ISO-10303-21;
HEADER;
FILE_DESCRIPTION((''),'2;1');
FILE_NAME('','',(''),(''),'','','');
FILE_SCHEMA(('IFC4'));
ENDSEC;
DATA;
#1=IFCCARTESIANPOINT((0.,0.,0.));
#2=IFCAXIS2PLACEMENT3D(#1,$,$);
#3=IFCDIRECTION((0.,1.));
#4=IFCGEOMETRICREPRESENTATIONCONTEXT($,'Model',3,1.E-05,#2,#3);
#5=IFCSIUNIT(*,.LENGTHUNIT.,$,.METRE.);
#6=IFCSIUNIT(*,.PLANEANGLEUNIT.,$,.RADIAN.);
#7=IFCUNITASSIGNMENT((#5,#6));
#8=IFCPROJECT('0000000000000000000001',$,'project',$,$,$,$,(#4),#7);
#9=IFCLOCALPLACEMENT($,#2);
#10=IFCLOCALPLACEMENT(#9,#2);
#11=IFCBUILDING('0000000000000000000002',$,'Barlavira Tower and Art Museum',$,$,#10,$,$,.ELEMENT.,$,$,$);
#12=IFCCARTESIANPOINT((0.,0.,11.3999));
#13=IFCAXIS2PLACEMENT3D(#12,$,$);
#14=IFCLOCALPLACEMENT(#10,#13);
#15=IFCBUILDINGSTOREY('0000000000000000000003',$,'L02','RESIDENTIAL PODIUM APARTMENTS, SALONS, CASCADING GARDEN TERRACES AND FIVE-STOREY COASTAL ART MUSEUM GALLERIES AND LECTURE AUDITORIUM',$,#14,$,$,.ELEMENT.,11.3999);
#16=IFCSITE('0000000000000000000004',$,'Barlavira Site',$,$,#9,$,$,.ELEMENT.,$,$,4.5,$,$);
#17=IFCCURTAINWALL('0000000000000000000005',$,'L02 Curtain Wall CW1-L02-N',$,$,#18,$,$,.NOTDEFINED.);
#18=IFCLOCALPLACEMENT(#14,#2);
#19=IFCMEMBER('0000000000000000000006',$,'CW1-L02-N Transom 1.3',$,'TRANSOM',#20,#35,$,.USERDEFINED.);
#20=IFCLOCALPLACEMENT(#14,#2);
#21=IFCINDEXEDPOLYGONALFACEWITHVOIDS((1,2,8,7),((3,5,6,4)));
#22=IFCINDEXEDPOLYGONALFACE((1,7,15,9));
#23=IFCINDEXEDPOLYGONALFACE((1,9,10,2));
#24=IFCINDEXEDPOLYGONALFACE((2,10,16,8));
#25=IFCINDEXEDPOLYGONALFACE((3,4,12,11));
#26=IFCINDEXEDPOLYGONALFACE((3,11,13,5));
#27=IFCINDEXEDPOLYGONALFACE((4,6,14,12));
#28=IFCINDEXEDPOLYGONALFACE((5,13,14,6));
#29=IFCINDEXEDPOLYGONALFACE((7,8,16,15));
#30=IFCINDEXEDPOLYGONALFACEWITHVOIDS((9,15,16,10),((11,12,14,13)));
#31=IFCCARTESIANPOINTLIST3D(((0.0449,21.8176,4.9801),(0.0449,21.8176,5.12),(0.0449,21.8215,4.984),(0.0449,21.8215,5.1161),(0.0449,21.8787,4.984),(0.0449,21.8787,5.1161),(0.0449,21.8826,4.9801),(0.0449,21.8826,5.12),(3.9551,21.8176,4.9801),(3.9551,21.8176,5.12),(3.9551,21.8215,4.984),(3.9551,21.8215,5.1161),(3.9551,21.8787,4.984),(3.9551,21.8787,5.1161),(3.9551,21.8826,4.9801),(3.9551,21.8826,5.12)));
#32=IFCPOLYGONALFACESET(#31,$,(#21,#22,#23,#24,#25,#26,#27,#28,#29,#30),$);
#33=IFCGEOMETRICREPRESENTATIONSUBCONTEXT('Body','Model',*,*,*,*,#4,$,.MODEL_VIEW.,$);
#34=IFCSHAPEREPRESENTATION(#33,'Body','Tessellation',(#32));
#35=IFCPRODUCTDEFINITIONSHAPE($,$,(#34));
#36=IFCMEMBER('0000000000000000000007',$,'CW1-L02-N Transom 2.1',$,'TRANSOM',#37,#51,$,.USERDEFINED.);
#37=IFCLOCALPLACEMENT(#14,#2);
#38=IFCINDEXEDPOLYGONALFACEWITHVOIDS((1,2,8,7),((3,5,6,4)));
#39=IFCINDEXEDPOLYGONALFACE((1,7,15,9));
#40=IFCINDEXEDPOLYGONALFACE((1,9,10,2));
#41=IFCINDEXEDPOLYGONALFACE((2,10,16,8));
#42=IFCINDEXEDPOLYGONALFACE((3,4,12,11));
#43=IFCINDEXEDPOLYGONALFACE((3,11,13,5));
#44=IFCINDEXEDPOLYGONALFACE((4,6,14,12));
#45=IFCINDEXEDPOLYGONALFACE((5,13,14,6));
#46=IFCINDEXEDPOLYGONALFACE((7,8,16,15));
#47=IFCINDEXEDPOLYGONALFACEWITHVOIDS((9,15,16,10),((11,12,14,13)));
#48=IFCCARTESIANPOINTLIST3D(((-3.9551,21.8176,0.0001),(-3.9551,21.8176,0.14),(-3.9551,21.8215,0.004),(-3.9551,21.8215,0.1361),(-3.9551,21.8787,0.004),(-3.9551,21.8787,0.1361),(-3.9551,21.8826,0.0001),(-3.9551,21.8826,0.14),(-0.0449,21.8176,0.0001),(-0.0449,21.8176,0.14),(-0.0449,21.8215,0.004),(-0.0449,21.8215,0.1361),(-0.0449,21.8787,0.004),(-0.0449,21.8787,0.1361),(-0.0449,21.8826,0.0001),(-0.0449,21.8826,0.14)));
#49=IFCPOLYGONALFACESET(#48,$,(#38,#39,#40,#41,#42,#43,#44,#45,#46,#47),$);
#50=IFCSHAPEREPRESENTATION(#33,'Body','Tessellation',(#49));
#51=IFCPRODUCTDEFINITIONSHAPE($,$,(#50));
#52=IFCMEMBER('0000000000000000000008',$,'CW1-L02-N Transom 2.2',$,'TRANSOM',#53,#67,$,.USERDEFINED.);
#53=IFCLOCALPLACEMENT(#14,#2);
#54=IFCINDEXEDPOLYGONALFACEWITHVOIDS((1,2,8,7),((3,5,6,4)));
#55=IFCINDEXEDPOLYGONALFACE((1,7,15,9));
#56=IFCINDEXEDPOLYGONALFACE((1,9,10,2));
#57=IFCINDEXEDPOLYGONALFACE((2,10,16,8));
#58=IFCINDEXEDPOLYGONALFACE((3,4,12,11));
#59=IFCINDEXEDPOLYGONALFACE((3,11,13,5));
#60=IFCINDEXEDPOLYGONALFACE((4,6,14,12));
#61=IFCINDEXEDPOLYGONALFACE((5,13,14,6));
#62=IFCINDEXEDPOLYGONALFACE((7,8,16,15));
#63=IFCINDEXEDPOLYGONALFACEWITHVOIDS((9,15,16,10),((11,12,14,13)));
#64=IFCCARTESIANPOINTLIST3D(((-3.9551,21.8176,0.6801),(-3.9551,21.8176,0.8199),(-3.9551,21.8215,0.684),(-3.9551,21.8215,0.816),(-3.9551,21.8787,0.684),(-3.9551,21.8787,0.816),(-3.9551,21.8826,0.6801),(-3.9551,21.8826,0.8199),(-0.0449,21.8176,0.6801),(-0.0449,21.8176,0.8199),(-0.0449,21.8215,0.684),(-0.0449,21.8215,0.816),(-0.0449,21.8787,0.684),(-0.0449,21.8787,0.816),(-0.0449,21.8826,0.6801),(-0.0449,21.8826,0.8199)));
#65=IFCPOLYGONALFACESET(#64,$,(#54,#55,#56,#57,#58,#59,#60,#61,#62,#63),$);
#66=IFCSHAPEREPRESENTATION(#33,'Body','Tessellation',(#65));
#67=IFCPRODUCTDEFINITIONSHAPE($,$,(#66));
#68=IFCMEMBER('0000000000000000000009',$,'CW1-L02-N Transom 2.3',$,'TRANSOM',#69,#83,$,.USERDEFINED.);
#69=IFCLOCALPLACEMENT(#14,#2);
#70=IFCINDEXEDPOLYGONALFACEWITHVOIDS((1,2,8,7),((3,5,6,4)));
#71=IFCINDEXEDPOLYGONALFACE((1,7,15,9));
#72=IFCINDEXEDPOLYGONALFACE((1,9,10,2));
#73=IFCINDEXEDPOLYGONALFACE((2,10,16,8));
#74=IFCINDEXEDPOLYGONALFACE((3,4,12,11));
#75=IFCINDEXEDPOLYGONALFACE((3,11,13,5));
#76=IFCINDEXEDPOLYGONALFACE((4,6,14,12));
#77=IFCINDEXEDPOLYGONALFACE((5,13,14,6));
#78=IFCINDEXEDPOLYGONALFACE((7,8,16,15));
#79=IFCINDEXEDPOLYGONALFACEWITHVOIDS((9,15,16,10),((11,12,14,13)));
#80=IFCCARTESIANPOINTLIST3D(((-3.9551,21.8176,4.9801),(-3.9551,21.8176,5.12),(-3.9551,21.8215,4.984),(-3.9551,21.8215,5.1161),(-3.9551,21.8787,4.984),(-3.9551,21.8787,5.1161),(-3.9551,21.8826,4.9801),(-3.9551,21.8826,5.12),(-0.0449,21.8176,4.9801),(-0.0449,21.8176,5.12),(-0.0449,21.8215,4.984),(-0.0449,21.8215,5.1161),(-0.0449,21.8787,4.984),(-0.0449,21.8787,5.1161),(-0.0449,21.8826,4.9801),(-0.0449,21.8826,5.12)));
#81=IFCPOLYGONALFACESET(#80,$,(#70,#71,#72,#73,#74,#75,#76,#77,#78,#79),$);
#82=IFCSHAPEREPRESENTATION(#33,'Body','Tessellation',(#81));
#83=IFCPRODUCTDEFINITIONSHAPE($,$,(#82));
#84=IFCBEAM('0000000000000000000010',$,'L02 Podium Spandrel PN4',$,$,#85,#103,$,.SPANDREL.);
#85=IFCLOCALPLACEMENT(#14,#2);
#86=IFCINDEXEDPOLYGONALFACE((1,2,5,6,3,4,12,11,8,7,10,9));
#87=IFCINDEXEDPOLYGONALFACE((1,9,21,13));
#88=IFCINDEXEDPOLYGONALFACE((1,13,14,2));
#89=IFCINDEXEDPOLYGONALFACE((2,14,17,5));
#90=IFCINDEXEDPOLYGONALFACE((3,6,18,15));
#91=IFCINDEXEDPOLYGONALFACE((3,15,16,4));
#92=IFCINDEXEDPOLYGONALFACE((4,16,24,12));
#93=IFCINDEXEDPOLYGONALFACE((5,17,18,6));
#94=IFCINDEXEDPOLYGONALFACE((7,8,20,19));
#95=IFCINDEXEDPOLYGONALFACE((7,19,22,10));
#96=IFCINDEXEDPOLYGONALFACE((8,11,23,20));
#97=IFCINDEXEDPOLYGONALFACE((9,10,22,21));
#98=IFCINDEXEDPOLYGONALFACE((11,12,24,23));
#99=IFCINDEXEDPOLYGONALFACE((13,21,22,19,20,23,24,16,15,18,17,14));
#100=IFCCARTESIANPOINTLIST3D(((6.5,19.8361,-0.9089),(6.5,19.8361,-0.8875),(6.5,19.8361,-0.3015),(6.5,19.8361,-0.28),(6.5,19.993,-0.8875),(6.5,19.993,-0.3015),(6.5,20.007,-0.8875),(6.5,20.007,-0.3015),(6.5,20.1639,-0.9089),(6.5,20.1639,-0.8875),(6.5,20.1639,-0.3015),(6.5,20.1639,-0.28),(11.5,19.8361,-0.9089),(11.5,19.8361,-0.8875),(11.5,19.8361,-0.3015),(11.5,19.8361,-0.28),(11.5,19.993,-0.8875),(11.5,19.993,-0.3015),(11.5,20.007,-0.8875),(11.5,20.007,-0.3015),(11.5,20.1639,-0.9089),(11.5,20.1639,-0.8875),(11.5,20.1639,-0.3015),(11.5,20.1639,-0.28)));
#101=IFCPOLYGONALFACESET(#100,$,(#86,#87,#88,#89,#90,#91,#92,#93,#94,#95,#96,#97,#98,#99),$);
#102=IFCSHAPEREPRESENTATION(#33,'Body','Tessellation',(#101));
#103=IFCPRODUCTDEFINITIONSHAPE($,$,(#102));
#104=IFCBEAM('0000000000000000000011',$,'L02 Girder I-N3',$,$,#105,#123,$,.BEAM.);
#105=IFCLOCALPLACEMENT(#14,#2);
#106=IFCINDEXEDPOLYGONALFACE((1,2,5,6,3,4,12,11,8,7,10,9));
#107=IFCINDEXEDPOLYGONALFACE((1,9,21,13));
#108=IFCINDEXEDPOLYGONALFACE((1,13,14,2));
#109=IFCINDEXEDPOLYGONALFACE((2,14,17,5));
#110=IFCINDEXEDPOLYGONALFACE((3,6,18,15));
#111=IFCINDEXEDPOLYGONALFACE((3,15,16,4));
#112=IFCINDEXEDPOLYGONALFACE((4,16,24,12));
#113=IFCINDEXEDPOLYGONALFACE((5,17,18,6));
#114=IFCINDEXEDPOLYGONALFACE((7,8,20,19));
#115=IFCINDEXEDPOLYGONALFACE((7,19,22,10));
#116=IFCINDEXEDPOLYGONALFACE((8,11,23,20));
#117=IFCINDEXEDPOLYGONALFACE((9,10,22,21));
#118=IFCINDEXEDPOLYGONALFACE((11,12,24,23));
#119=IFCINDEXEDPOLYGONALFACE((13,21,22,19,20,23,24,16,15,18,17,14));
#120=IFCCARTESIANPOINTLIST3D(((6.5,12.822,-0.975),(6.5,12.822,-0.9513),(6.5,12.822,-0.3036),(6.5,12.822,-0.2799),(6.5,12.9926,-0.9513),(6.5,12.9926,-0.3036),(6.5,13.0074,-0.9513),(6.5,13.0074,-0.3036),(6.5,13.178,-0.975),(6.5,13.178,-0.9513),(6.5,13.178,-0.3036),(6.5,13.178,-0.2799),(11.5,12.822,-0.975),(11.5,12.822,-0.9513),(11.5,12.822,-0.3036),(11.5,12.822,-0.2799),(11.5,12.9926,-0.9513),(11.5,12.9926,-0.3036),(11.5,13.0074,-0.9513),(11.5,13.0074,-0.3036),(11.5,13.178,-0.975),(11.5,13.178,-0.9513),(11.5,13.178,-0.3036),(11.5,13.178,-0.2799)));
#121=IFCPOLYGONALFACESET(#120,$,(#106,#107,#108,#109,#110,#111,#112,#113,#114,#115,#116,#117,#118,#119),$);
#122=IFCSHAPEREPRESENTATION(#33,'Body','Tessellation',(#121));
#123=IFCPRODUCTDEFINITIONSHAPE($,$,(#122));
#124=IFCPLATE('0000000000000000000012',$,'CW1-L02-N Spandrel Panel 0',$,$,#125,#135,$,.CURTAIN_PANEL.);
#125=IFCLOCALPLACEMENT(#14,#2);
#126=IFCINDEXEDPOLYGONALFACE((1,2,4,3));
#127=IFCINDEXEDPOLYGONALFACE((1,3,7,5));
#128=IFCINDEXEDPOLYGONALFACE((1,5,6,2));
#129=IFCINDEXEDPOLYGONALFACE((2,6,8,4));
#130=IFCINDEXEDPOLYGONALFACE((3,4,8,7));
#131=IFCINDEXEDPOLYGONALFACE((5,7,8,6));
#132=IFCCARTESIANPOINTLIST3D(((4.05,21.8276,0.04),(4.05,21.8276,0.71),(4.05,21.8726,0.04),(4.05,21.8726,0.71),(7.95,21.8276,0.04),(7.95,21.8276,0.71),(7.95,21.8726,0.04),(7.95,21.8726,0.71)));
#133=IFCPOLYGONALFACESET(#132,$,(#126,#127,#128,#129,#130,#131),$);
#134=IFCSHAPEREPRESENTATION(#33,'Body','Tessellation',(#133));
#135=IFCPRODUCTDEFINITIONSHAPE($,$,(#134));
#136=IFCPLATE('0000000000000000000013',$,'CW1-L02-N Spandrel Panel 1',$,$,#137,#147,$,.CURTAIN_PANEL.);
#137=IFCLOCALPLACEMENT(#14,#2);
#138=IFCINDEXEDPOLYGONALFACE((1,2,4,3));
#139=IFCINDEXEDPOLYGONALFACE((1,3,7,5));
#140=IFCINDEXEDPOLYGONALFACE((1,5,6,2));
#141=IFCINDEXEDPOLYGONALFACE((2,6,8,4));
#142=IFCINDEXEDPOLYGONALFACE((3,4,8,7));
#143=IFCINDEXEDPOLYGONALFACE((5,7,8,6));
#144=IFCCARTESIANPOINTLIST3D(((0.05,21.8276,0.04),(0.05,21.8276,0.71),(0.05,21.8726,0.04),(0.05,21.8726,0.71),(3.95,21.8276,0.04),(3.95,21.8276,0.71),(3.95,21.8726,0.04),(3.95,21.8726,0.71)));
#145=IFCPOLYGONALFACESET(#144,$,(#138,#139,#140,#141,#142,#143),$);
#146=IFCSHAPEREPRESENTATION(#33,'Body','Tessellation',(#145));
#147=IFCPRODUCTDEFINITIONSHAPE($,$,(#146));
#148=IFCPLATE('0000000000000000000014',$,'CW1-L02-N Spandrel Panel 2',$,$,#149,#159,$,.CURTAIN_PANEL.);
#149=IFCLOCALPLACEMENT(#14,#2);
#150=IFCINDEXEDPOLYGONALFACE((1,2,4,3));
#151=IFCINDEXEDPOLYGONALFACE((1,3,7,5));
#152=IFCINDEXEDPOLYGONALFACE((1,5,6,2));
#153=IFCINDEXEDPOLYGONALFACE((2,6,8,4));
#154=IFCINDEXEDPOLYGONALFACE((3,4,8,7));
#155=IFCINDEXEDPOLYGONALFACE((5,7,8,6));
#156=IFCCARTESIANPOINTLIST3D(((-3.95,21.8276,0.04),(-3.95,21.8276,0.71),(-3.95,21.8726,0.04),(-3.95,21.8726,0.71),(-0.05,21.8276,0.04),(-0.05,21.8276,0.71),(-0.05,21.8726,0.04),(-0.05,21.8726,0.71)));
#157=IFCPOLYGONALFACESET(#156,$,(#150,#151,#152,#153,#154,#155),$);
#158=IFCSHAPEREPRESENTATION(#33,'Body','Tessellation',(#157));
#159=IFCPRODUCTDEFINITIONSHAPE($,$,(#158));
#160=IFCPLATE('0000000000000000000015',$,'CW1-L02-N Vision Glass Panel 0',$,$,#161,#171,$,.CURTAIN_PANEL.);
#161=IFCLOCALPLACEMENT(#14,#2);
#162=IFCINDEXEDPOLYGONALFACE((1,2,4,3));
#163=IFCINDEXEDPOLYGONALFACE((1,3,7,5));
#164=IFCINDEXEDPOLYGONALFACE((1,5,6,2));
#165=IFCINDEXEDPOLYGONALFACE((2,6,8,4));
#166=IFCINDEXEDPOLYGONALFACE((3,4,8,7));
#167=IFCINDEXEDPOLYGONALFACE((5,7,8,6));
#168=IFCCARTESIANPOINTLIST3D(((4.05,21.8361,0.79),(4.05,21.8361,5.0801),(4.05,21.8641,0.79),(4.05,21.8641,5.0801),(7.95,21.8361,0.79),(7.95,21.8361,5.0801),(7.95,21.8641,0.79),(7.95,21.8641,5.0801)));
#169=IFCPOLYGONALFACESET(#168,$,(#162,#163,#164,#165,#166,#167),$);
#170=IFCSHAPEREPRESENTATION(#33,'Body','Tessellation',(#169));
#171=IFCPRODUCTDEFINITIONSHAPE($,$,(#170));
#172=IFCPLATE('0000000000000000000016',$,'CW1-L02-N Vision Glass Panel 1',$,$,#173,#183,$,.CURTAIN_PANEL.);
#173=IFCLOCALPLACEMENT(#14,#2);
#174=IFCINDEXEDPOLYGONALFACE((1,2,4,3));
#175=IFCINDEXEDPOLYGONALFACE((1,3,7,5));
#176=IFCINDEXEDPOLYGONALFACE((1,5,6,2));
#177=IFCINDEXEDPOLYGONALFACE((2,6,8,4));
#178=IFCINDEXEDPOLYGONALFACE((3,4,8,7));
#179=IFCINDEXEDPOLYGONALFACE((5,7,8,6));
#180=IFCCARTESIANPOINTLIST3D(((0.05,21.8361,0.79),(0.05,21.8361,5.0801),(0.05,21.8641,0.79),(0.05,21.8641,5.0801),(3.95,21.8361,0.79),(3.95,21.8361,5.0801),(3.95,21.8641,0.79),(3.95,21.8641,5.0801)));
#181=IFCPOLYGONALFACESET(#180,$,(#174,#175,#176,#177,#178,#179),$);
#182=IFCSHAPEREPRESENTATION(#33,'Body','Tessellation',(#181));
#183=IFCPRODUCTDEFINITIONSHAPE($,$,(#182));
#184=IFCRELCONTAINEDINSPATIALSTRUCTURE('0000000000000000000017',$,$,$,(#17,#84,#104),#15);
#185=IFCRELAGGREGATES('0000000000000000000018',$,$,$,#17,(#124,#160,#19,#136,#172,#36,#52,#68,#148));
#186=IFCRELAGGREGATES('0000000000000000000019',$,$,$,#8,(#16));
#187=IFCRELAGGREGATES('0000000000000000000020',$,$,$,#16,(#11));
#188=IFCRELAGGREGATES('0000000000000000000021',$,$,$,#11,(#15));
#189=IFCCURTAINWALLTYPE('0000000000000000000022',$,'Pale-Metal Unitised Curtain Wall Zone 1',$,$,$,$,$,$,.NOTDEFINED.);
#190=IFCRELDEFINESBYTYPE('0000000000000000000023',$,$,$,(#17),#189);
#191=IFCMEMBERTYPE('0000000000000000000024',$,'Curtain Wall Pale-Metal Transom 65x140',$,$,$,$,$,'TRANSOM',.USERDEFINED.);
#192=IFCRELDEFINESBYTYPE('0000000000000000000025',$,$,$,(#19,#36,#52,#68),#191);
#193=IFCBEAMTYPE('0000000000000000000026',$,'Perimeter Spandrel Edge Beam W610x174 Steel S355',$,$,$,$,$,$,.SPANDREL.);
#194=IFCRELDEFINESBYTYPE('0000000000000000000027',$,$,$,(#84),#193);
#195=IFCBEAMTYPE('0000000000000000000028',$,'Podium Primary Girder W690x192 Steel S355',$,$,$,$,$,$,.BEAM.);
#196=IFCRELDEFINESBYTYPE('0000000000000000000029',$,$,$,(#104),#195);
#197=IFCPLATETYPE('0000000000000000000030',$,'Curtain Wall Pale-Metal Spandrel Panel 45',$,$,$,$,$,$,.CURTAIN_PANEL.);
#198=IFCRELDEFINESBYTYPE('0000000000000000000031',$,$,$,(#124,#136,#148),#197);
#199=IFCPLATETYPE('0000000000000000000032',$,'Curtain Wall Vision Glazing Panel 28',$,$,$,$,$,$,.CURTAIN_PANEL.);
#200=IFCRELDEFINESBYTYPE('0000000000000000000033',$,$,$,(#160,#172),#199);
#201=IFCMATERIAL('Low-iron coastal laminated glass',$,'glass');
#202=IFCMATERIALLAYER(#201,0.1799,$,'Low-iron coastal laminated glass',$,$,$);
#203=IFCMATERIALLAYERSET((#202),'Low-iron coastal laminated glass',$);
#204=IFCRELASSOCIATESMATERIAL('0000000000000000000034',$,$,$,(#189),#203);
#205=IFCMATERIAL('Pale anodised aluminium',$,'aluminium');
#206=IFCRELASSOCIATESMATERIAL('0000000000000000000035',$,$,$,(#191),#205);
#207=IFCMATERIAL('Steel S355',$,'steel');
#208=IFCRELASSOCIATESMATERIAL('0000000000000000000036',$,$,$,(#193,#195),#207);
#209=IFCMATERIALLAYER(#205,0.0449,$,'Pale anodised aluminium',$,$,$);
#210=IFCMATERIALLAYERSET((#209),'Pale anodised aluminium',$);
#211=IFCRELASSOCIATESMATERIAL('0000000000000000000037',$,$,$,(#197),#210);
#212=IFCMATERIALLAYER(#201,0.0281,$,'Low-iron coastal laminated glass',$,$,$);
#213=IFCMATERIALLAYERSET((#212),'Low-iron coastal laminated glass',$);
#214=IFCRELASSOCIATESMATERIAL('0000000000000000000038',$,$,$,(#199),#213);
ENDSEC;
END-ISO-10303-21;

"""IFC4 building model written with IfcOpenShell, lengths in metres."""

from ifc_helpers import new_model, si_unit, direction, frame, origin, origin_2d, place, context, subcontext, project, spatial, rectangle, hollow_rectangle, i_section, extrude, material, layer, layer_set, material_profile, profile_set, type_object, element, aggregate, save


model = new_model("IFC4")

# Units and contexts
model_context = context("Model", 3, precision=1e-05, world=origin(), true_north=direction((0.0, 1.0)))
body_context = subcontext(model_context, "Body", "Model", "MODEL_VIEW")
ifc_project = project(units=[si_unit("LENGTHUNIT", "METRE"), si_unit("PLANEANGLEUNIT", "RADIAN")], contexts=[model_context])

# Site, building, storey
site_placement = place(None, origin())
site = spatial("IfcSite", under=ifc_project, at=site_placement, Name="Barlavira Site", CompositionType="ELEMENT", RefElevation=4.5)
building_placement = place(site_placement, origin())
building = spatial("IfcBuilding", under=site, at=building_placement, Name="Barlavira Tower and Art Museum", CompositionType="ELEMENT")
storey_placement = place(building_placement, frame((0.0, 0.0, 11.3999)))
storey = spatial("IfcBuildingStorey", under=building, at=storey_placement, Name="L02", Description="RESIDENTIAL PODIUM APARTMENTS, SALONS, CASCADING GARDEN TERRACES AND FIVE-STOREY COASTAL ART MUSEUM GALLERIES AND LECTURE AUDITORIUM", CompositionType="ELEMENT", Elevation=11.3999)

# Curtain wall, members
ifc_material_1 = material(Name="Low-iron coastal laminated glass", Category="glass")
ifc_layer_1 = layer(ifc_material_1, 0.1799, Name="Low-iron coastal laminated glass")
ifc_layer_set_1 = layer_set([ifc_layer_1], Name="Low-iron coastal laminated glass")
curtain_wall_type = type_object("IfcCurtainWallType", Name="Pale-Metal Unitised Curtain Wall Zone 1", PredefinedType="NOTDEFINED", material=ifc_layer_set_1)
curtain_wall_placement = place(storey_placement, origin())
curtain_wall = element("IfcCurtainWall", 1, at=curtain_wall_placement, inside=storey, type_object=curtain_wall_type, Name="L02 Curtain Wall CW1-L02-N", PredefinedType="NOTDEFINED")
ifc_material_2 = material(Name="Pale anodised aluminium", Category="aluminium")
ifc_material_profile_1 = material_profile(ifc_material_2, hollow_rectangle(XDim=0.0649, YDim=0.1399, WallThickness=0.0039, at=origin_2d()), Name="ALU-TRAN 65x140x4")
ifc_profile_set_1 = profile_set([ifc_material_profile_1], Name="Pale anodised aluminium")
member_type_1 = type_object("IfcMemberType", Name="Curtain Wall Pale-Metal Transom 65x140", ElementType="TRANSOM", PredefinedType="USERDEFINED", material=ifc_profile_set_1)
member_1_placement = place(storey_placement, frame((3.9551, 21.8501, 5.05), z_axis=(-1.0, 0.0, 0.0), x_axis=(0.0, -1.0, 0.0)))
member_1 = element("IfcMember", 2, at=member_1_placement, type_object=member_type_1, Name="CW1-L02-N Transom 1.3", ObjectType="TRANSOM", PredefinedType="USERDEFINED", context=body_context, shape_type="SweptSolid", body=[
    extrude(hollow_rectangle(XDim=0.0649, YDim=0.1399, WallThickness=0.0039, at=origin_2d()), origin(), (0.0, 0.0, 1.0), 3.9102),
])
member_2_placement = place(storey_placement, frame((-0.0449, 21.8501, 0.0701), z_axis=(-1.0, 0.0, 0.0), x_axis=(0.0, -1.0, 0.0)))
member_2 = element("IfcMember", 3, at=member_2_placement, type_object=member_type_1, Name="CW1-L02-N Transom 2.1", ObjectType="TRANSOM", PredefinedType="USERDEFINED", context=body_context, shape_type="SweptSolid", body=[
    extrude(hollow_rectangle(XDim=0.0649, YDim=0.1399, WallThickness=0.0039, at=origin_2d()), origin(), (0.0, 0.0, 1.0), 3.9102),
])
member_3_placement = place(storey_placement, frame((-0.0449, 21.8501, 0.75), z_axis=(-1.0, 0.0, 0.0), x_axis=(0.0, -1.0, 0.0)))
member_3 = element("IfcMember", 4, at=member_3_placement, type_object=member_type_1, Name="CW1-L02-N Transom 2.2", ObjectType="TRANSOM", PredefinedType="USERDEFINED", context=body_context, shape_type="SweptSolid", body=[
    extrude(hollow_rectangle(XDim=0.0649, YDim=0.1399, WallThickness=0.0039, at=origin_2d()), origin(), (0.0, 0.0, 1.0), 3.9102),
])
member_4_placement = place(storey_placement, frame((-0.0449, 21.8501, 5.05), z_axis=(-1.0, 0.0, 0.0), x_axis=(0.0, -1.0, 0.0)))
member_4 = element("IfcMember", 5, at=member_4_placement, type_object=member_type_1, Name="CW1-L02-N Transom 2.3", ObjectType="TRANSOM", PredefinedType="USERDEFINED", context=body_context, shape_type="SweptSolid", body=[
    extrude(hollow_rectangle(XDim=0.0649, YDim=0.1399, WallThickness=0.0039, at=origin_2d()), origin(), (0.0, 0.0, 1.0), 3.9102),
])

# Beams
ifc_material_3 = material(Name="Steel S355", Category="steel")
ifc_material_profile_2 = material_profile(ifc_material_3, i_section(OverallWidth=0.3279, OverallDepth=0.6289, WebThickness=0.0139, FlangeThickness=0.0215, at=origin_2d()), Name="W610x174.0")
ifc_profile_set_2 = profile_set([ifc_material_profile_2], Name="Steel S355")
beam_type_1 = type_object("IfcBeamType", Name="Perimeter Spandrel Edge Beam W610x174 Steel S355", PredefinedType="SPANDREL", material=ifc_profile_set_2)
beam_1_placement = place(storey_placement, frame((6.5, 20.0, -0.5945), z_axis=(1.0, 0.0, 0.0), x_axis=(0.0, 1.0, 0.0)))
element("IfcBeam", 6, at=beam_1_placement, inside=storey, type_object=beam_type_1, Name="L02 Podium Spandrel PN4", PredefinedType="SPANDREL", context=body_context, shape_type="SweptSolid", body=[
    extrude(i_section(OverallWidth=0.3279, OverallDepth=0.6289, WebThickness=0.0139, FlangeThickness=0.0215, at=origin_2d()), origin(), (0.0, 0.0, 1.0), 5.0),
])
ifc_material_profile_3 = material_profile(ifc_material_3, i_section(OverallWidth=0.356, OverallDepth=0.6951, WebThickness=0.0149, FlangeThickness=0.0237, at=origin_2d()), Name="W690x192.0")
ifc_profile_set_3 = profile_set([ifc_material_profile_3], Name="Steel S355")
beam_type_2 = type_object("IfcBeamType", Name="Podium Primary Girder W690x192 Steel S355", PredefinedType="BEAM", material=ifc_profile_set_3)
beam_2_placement = place(storey_placement, frame((6.5, 13.0, -0.6274), z_axis=(1.0, 0.0, 0.0), x_axis=(0.0, 1.0, 0.0)))
element("IfcBeam", 7, at=beam_2_placement, inside=storey, type_object=beam_type_2, Name="L02 Girder I-N3", PredefinedType="BEAM", context=body_context, shape_type="SweptSolid", body=[
    extrude(i_section(OverallWidth=0.356, OverallDepth=0.6951, WebThickness=0.0149, FlangeThickness=0.0237, at=origin_2d()), origin(), (0.0, 0.0, 1.0), 5.0),
])

# Plates
ifc_layer_2 = layer(ifc_material_2, 0.0449, Name="Pale anodised aluminium")
ifc_layer_set_2 = layer_set([ifc_layer_2], Name="Pale anodised aluminium")
plate_type_1 = type_object("IfcPlateType", Name="Curtain Wall Pale-Metal Spandrel Panel 45", PredefinedType="CURTAIN_PANEL", material=ifc_layer_set_2)
plate_1_placement = place(storey_placement, frame((6.0, 21.8501, 0.04), z_axis=(0.0, 0.0, 1.0), x_axis=(-1.0, 0.0, 0.0)))
plate_1 = element("IfcPlate", 8, at=plate_1_placement, type_object=plate_type_1, Name="CW1-L02-N Spandrel Panel 0", PredefinedType="CURTAIN_PANEL", context=body_context, shape_type="SweptSolid", body=[
    extrude(rectangle(XDim=3.8999, YDim=0.0449, at=origin_2d()), origin(), (0.0, 0.0, 1.0), 0.6699),
])
plate_2_placement = place(storey_placement, frame((2.0, 21.8501, 0.04), z_axis=(0.0, 0.0, 1.0), x_axis=(-1.0, 0.0, 0.0)))
plate_2 = element("IfcPlate", 9, at=plate_2_placement, type_object=plate_type_1, Name="CW1-L02-N Spandrel Panel 1", PredefinedType="CURTAIN_PANEL", context=body_context, shape_type="SweptSolid", body=[
    extrude(rectangle(XDim=3.8999, YDim=0.0449, at=origin_2d()), origin(), (0.0, 0.0, 1.0), 0.6699),
])
plate_3_placement = place(storey_placement, frame((-2.0, 21.8501, 0.04), z_axis=(0.0, 0.0, 1.0), x_axis=(-1.0, 0.0, 0.0)))
plate_3 = element("IfcPlate", 10, at=plate_3_placement, type_object=plate_type_1, Name="CW1-L02-N Spandrel Panel 2", PredefinedType="CURTAIN_PANEL", context=body_context, shape_type="SweptSolid", body=[
    extrude(rectangle(XDim=3.8999, YDim=0.0449, at=origin_2d()), origin(), (0.0, 0.0, 1.0), 0.6699),
])
ifc_layer_3 = layer(ifc_material_1, 0.0281, Name="Low-iron coastal laminated glass")
ifc_layer_set_3 = layer_set([ifc_layer_3], Name="Low-iron coastal laminated glass")
plate_type_2 = type_object("IfcPlateType", Name="Curtain Wall Vision Glazing Panel 28", PredefinedType="CURTAIN_PANEL", material=ifc_layer_set_3)
plate_4_placement = place(storey_placement, frame((6.0, 21.8501, 0.79), z_axis=(0.0, 0.0, 1.0), x_axis=(-1.0, 0.0, 0.0)))
plate_4 = element("IfcPlate", 11, at=plate_4_placement, type_object=plate_type_2, Name="CW1-L02-N Vision Glass Panel 0", PredefinedType="CURTAIN_PANEL", context=body_context, shape_type="SweptSolid", body=[
    extrude(rectangle(XDim=3.8999, YDim=0.0281, at=origin_2d()), origin(), (0.0, 0.0, 1.0), 4.29),
])
plate_5_placement = place(storey_placement, frame((2.0, 21.8501, 0.79), z_axis=(0.0, 0.0, 1.0), x_axis=(-1.0, 0.0, 0.0)))
plate_5 = element("IfcPlate", 12, at=plate_5_placement, type_object=plate_type_2, Name="CW1-L02-N Vision Glass Panel 1", PredefinedType="CURTAIN_PANEL", context=body_context, shape_type="SweptSolid", body=[
    extrude(rectangle(XDim=3.8999, YDim=0.0281, at=origin_2d()), origin(), (0.0, 0.0, 1.0), 4.29),
])
aggregate(curtain_wall, [plate_1, plate_4, member_1, plate_2, plate_5, member_2, member_3, member_4, plate_3])

save(model, "model.ifc")
